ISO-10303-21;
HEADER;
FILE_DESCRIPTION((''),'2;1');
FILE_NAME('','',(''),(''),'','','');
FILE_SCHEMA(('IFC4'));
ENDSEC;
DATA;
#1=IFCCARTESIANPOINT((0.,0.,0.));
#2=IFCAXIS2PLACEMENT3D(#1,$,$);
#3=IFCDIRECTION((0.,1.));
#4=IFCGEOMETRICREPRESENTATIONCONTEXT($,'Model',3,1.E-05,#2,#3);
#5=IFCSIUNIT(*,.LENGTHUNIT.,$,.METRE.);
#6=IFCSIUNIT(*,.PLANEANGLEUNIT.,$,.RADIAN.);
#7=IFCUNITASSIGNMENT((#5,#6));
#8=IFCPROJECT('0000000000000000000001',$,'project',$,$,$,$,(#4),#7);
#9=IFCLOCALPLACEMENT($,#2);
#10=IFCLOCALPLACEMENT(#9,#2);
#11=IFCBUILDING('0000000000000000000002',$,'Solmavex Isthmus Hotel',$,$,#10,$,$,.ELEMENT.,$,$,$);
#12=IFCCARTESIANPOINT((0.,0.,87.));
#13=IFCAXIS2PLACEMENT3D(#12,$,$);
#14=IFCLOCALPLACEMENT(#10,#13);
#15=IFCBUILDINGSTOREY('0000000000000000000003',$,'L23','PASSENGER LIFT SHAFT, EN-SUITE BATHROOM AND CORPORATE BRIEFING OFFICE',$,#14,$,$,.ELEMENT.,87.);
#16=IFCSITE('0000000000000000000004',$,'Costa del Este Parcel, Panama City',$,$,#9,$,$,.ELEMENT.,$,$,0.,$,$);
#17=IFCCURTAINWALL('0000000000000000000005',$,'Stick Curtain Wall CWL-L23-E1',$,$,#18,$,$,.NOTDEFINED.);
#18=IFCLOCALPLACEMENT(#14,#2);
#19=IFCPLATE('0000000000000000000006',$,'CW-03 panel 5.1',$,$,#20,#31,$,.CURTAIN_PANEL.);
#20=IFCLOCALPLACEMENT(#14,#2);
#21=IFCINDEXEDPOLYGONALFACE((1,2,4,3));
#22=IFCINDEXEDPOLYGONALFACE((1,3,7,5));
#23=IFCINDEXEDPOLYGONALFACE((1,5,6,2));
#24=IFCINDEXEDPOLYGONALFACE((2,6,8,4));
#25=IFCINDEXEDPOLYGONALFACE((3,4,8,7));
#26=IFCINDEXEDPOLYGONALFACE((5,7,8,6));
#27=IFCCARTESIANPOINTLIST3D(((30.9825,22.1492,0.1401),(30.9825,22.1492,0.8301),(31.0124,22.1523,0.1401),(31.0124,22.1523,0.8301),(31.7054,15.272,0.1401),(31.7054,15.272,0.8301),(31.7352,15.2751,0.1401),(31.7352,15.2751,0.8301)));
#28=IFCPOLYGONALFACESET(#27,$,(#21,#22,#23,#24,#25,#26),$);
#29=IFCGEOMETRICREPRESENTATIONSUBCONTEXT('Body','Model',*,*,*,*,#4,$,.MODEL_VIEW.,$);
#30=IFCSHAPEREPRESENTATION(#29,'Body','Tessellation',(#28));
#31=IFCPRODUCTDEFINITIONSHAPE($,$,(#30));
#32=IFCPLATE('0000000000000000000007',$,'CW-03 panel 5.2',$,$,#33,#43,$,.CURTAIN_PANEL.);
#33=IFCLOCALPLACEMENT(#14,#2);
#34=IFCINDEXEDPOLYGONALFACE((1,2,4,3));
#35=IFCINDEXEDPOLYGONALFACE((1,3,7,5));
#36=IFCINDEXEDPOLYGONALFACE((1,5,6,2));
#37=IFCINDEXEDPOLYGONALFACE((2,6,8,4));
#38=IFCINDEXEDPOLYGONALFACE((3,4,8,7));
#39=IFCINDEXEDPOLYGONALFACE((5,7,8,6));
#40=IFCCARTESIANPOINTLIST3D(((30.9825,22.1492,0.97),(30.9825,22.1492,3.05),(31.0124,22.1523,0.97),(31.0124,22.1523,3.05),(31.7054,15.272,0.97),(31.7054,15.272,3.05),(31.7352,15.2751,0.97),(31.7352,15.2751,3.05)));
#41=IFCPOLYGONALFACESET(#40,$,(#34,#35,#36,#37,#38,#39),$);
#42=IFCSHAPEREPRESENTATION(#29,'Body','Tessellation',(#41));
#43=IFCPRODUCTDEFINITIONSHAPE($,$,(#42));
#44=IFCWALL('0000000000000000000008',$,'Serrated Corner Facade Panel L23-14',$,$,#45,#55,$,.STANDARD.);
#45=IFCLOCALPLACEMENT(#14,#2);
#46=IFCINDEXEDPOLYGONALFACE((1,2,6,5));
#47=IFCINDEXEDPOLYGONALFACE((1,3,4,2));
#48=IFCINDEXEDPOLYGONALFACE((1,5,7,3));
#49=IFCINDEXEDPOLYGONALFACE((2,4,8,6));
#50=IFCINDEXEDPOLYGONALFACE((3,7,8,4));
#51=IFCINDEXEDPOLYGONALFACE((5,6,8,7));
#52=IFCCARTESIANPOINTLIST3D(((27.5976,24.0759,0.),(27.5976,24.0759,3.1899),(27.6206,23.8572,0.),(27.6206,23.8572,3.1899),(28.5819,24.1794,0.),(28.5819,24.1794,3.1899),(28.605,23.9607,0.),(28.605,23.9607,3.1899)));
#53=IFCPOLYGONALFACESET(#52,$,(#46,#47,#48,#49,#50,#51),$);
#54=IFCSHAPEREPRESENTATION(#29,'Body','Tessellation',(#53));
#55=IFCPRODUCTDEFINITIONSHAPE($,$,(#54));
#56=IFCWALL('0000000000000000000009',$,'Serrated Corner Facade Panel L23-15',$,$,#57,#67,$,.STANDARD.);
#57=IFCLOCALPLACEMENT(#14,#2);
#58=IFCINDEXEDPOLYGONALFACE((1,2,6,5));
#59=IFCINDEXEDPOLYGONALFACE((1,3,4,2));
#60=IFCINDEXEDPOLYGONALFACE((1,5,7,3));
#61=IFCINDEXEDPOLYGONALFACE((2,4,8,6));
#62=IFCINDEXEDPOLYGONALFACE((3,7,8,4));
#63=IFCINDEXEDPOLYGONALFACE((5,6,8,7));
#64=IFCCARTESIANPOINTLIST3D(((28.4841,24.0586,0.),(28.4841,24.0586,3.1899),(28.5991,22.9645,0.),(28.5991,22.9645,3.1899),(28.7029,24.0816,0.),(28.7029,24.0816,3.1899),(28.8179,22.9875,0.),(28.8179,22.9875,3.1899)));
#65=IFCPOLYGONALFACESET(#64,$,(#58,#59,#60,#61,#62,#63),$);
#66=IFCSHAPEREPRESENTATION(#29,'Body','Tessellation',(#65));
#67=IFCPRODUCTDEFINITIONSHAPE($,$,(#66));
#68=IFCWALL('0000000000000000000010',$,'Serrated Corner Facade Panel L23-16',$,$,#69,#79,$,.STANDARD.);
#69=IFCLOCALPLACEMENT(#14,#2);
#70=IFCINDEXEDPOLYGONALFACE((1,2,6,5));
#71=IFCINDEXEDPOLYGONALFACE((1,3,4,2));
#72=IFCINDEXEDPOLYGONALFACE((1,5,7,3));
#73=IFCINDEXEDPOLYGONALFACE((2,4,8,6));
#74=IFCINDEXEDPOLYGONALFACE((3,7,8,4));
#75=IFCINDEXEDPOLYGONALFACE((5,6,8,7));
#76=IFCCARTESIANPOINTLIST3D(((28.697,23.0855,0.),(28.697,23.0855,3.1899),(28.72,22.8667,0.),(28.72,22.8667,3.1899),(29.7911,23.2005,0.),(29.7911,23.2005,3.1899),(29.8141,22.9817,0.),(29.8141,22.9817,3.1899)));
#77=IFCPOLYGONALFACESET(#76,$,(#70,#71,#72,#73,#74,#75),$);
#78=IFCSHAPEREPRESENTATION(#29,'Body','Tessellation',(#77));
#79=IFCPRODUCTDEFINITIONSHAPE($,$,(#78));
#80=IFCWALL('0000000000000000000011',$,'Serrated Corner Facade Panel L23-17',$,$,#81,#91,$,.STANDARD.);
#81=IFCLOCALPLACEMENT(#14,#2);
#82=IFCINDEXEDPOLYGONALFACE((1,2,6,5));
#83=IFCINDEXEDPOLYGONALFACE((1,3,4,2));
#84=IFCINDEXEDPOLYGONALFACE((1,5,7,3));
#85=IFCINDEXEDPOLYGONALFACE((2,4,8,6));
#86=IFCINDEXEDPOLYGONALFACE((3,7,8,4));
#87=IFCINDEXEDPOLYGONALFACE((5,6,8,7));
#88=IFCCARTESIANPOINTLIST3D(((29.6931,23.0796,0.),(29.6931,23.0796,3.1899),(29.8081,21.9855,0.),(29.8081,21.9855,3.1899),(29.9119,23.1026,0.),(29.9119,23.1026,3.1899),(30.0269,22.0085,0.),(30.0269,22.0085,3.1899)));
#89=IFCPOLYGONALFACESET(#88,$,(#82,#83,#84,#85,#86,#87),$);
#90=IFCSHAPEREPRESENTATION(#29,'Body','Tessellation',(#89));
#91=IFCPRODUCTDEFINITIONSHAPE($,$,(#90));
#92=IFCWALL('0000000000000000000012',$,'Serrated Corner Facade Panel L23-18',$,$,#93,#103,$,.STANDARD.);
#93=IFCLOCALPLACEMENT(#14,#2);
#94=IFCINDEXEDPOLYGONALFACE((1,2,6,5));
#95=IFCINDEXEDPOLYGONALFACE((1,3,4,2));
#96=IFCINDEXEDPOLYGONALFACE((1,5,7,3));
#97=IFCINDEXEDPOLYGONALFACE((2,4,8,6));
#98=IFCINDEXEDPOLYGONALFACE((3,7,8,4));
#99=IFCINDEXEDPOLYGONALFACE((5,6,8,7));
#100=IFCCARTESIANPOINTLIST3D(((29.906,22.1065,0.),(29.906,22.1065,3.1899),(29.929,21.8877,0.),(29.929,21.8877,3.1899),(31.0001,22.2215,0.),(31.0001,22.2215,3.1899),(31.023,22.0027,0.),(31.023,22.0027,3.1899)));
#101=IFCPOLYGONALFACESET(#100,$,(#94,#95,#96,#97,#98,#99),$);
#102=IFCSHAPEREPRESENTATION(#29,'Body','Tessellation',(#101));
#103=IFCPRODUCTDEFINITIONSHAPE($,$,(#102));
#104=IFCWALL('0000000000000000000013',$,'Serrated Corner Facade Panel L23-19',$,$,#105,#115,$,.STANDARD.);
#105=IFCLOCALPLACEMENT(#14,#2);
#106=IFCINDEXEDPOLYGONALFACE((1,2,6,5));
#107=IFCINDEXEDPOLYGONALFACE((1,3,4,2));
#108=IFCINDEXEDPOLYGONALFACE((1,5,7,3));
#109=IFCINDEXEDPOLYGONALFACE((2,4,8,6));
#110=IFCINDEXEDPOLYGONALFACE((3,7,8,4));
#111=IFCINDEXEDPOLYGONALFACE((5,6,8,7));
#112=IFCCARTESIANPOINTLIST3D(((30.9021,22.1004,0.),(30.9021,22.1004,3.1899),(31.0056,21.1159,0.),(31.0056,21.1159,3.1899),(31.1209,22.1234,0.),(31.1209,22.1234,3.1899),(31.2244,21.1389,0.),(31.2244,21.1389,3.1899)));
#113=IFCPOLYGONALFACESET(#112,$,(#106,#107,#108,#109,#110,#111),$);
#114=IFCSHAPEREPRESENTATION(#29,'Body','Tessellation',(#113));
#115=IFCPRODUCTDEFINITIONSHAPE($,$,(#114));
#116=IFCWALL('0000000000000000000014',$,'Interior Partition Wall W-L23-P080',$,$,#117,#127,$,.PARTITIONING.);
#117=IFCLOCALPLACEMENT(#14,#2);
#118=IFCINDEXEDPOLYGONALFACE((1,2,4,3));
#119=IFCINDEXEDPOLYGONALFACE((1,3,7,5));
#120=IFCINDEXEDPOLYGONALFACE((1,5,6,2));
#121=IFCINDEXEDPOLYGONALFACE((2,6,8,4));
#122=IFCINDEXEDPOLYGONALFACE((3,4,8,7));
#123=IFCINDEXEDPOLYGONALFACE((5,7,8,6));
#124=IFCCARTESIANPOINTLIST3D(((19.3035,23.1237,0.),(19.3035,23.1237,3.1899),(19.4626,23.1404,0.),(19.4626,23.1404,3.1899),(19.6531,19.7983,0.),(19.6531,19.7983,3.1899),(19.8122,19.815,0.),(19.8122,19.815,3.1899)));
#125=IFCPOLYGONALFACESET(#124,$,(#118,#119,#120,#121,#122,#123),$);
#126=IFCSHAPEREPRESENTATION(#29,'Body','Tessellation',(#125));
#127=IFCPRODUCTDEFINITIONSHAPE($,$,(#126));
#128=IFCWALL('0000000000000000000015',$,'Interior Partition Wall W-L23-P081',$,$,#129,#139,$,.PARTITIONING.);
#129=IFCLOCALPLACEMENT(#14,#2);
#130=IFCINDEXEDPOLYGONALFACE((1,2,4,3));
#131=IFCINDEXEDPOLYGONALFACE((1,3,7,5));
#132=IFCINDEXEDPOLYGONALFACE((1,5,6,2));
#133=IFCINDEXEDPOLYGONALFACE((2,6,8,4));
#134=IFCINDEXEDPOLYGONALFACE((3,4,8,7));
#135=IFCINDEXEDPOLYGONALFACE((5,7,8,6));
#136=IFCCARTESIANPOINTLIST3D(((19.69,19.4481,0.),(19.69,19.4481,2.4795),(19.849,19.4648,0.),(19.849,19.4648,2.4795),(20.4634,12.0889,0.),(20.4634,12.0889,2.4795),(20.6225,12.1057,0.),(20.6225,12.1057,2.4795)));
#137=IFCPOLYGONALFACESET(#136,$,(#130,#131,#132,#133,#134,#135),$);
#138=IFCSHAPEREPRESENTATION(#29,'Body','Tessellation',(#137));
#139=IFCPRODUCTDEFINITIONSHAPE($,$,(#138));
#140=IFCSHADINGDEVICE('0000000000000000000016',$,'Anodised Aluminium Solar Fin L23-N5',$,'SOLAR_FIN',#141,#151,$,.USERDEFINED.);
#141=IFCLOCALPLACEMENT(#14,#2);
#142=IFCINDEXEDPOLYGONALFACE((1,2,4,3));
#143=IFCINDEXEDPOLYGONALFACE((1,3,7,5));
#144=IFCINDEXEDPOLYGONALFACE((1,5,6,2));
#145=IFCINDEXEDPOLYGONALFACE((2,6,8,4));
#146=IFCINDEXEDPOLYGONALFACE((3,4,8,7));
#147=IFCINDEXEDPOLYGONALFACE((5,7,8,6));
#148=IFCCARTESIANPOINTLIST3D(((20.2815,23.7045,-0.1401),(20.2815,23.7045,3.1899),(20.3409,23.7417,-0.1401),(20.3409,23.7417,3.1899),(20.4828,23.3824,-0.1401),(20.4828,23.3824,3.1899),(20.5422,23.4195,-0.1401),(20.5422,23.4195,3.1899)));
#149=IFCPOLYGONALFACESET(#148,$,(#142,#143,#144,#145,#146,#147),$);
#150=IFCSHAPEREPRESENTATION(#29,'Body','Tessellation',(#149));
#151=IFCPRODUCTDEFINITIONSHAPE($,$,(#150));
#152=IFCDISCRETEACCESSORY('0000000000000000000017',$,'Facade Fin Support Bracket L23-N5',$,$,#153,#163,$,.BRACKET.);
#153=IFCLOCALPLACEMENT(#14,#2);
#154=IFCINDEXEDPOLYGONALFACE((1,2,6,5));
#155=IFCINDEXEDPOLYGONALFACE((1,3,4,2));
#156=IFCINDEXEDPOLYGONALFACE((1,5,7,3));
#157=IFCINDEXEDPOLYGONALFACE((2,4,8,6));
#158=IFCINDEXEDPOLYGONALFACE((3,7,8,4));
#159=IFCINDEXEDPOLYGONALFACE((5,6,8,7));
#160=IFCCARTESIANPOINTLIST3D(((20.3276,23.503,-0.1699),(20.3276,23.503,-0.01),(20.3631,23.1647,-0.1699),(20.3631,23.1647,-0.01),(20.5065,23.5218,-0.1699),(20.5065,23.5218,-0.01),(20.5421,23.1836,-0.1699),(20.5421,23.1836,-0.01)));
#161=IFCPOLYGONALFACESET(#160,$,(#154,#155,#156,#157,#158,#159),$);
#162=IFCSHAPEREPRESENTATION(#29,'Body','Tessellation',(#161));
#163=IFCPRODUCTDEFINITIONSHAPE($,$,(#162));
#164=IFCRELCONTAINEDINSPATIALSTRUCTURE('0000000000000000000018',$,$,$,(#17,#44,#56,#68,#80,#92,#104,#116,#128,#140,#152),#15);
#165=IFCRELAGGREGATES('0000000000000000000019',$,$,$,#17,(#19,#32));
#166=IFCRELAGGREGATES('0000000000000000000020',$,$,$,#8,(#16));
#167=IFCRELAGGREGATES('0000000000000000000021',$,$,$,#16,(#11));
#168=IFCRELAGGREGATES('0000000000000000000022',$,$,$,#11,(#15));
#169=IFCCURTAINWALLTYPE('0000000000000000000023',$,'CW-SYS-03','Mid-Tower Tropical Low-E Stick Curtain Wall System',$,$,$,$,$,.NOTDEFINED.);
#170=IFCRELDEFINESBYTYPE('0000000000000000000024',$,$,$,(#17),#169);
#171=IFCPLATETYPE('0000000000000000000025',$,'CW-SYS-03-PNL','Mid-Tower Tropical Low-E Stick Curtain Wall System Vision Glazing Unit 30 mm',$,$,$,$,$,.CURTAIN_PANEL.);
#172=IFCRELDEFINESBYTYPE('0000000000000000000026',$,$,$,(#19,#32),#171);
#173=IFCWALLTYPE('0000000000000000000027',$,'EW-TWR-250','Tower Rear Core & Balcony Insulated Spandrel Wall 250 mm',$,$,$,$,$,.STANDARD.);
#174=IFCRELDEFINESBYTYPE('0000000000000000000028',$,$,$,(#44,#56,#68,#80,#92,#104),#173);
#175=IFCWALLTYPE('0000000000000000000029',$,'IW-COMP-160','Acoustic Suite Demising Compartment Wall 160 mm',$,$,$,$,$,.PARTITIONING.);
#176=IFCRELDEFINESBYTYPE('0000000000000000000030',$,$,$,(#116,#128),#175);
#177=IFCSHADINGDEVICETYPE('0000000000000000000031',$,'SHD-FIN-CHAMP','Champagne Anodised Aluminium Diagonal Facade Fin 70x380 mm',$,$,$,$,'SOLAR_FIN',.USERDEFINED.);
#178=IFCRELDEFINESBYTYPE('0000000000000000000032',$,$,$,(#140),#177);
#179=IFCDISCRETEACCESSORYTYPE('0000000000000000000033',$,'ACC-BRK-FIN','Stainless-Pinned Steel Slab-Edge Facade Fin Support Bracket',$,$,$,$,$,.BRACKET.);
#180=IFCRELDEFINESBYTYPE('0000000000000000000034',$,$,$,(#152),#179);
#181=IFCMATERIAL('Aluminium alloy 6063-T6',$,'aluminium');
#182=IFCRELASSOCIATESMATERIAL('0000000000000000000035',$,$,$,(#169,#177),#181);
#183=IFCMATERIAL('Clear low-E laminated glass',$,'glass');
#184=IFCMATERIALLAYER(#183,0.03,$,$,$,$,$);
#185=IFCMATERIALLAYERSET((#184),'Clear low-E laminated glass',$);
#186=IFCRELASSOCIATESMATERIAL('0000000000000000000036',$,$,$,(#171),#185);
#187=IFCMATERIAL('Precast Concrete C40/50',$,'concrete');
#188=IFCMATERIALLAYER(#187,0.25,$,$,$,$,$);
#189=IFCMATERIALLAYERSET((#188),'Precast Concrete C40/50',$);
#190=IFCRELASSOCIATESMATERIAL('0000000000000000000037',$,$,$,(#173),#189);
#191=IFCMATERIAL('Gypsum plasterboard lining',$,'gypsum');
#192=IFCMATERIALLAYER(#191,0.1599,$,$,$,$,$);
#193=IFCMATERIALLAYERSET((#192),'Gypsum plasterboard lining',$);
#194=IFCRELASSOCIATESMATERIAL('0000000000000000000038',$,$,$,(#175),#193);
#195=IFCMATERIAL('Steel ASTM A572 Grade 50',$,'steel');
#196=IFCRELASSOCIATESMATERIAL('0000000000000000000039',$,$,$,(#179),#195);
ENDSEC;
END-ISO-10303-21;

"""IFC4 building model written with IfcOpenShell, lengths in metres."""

from ifc_helpers import new_model, si_unit, direction, frame, frame_2d, origin, origin_2d, place, context, subcontext, project, spatial, rectangle, extrude, material, layer, layer_set, type_object, element, aggregate, save


model = new_model("IFC4")

# Units and contexts
model_context = context("Model", 3, precision=1e-05, world=origin(), true_north=direction((0.0, 1.0)))
body_context = subcontext(model_context, "Body", "Model", "MODEL_VIEW")
ifc_project = project(units=[si_unit("LENGTHUNIT", "METRE"), si_unit("PLANEANGLEUNIT", "RADIAN")], contexts=[model_context])

# Site, building, storey
site_placement = place(None, origin())
site = spatial("IfcSite", under=ifc_project, at=site_placement, Name="Costa del Este Parcel, Panama City", CompositionType="ELEMENT", RefElevation=0.0)
building_placement = place(site_placement, origin())
building = spatial("IfcBuilding", under=site, at=building_placement, Name="Solmavex Isthmus Hotel", CompositionType="ELEMENT")
storey_placement = place(building_placement, frame((0.0, 0.0, 87.0)))
storey = spatial("IfcBuildingStorey", under=building, at=storey_placement, Name="L23", Description="PASSENGER LIFT SHAFT, EN-SUITE BATHROOM AND CORPORATE BRIEFING OFFICE", CompositionType="ELEMENT", Elevation=87.0)

# Curtain wall
ifc_material_1 = material(Name="Aluminium alloy 6063-T6", Category="aluminium")
curtain_wall_type = type_object("IfcCurtainWallType", Name="CW-SYS-03", Description="Mid-Tower Tropical Low-E Stick Curtain Wall System", PredefinedType="NOTDEFINED", material=ifc_material_1)
curtain_wall_1_placement = place(storey_placement, origin())
curtain_wall_1 = element("IfcCurtainWall", 1, at=curtain_wall_1_placement, inside=storey, type_object=curtain_wall_type, Name="Stick Curtain Wall CWL-L23-E1", PredefinedType="NOTDEFINED")

# Plates
ifc_material_2 = material(Name="Clear low-E laminated glass", Category="glass")
ifc_layer_1 = layer(ifc_material_2, 0.03)
ifc_layer_set_1 = layer_set([ifc_layer_1], Name="Clear low-E laminated glass")
plate_type = type_object("IfcPlateType", Name="CW-SYS-03-PNL", Description="Mid-Tower Tropical Low-E Stick Curtain Wall System Vision Glazing Unit 30 mm", PredefinedType="CURTAIN_PANEL", material=ifc_layer_set_1)
plate_1_placement = place(storey_placement, frame((31.3589, 18.7122, 0.1401), z_axis=(0.0, 0.0, 1.0), x_axis=(-0.104528, 0.994522, 0.0)))
plate_1 = element("IfcPlate", 2, at=plate_1_placement, type_object=plate_type, Name="CW-03 panel 5.1", PredefinedType="CURTAIN_PANEL", context=body_context, shape_type="SweptSolid", body=[
    extrude(rectangle(XDim=6.915, YDim=0.03, at=origin_2d()), origin(), (0.0, 0.0, 1.0), 0.6899),
])
plate_2_placement = place(storey_placement, frame((31.3589, 18.7122, 0.97), z_axis=(0.0, 0.0, 1.0), x_axis=(-0.104528, 0.994522, 0.0)))
plate_2 = element("IfcPlate", 3, at=plate_2_placement, type_object=plate_type, Name="CW-03 panel 5.2", PredefinedType="CURTAIN_PANEL", context=body_context, shape_type="SweptSolid", body=[
    extrude(rectangle(XDim=6.915, YDim=0.03, at=origin_2d()), origin(), (0.0, 0.0, 1.0), 2.0801),
])
aggregate(curtain_wall_1, [plate_1, plate_2])

# Walls
ifc_material_3 = material(Name="Precast Concrete C40/50", Category="concrete")
ifc_layer_2 = layer(ifc_material_3, 0.25)
ifc_layer_set_2 = layer_set([ifc_layer_2], Name="Precast Concrete C40/50")
wall_type_1 = type_object("IfcWallType", Name="EW-TWR-250", Description="Tower Rear Core & Balcony Insulated Spandrel Wall 250 mm", PredefinedType="STANDARD", material=ifc_layer_set_2)
wall_1_placement = place(storey_placement, frame((27.6091, 23.9666, 0.0), z_axis=(0.0, 0.0, 1.0), x_axis=(0.994516, 0.104582, 0.0)))
element("IfcWall", 4, at=wall_1_placement, inside=storey, type_object=wall_type_1, Name="Serrated Corner Facade Panel L23-14", PredefinedType="STANDARD", context=body_context, shape_type="SweptSolid", body=[
    extrude(rectangle(XDim=0.9897, YDim=0.22, at=frame_2d((0.4949, 0.0))), origin(), (0.0, 0.0, 1.0), 3.1899),
])
for number, where, z_axis, x_axis, name in (
    (5, (28.5935, 24.0701, 0.0), (0.0, 0.0, 1.0), (0.104535, -0.994521, 0.0), "Serrated Corner Facade Panel L23-15"),
    (6, (28.7085, 22.9761, 0.0), (0.0, 0.0, 1.0), (0.994521, 0.104535, 0.0), "Serrated Corner Facade Panel L23-16"),
    (7, (29.8025, 23.0911, 0.0), (0.0, 0.0, 1.0), (0.104535, -0.994521, 0.0), "Serrated Corner Facade Panel L23-17"),
    (8, (29.9175, 21.9971, 0.0), (0.0, 0.0, 1.0), (0.994521, 0.104535, 0.0), "Serrated Corner Facade Panel L23-18"),
):
    element("IfcWall", number, at=place(storey_placement, frame(where, z_axis=z_axis, x_axis=x_axis)), inside=storey, type_object=wall_type_1, Name=name, PredefinedType="STANDARD", context=body_context, shape_type="SweptSolid", body=[
        extrude(rectangle(XDim=1.1001, YDim=0.22, at=frame_2d((0.55, 0.0))), origin(), (0.0, 0.0, 1.0), 3.1899),
    ])
wall_2_placement = place(storey_placement, frame((31.0115, 22.1121, 0.0), z_axis=(0.0, 0.0, 1.0), x_axis=(0.104556, -0.994519, 0.0)))
element("IfcWall", 9, at=wall_2_placement, inside=storey, type_object=wall_type_1, Name="Serrated Corner Facade Panel L23-19", PredefinedType="STANDARD", context=body_context, shape_type="SweptSolid", body=[
    extrude(rectangle(XDim=0.99, YDim=0.22, at=frame_2d((0.4951, 0.0))), origin(), (0.0, 0.0, 1.0), 3.1899),
])
ifc_material_4 = material(Name="Gypsum plasterboard lining", Category="gypsum")
ifc_layer_3 = layer(ifc_material_4, 0.1599)
ifc_layer_set_3 = layer_set([ifc_layer_3], Name="Gypsum plasterboard lining")
wall_type_2 = type_object("IfcWallType", Name="IW-COMP-160", Description="Acoustic Suite Demising Compartment Wall 160 mm", PredefinedType="PARTITIONING", material=ifc_layer_set_3)
wall_3_placement = place(storey_placement, frame((19.3831, 23.1321, 0.0), z_axis=(0.0, 0.0, 1.0), x_axis=(0.104556, -0.994519, 0.0)))
element("IfcWall", 10, at=wall_3_placement, inside=storey, type_object=wall_type_2, Name="Interior Partition Wall W-L23-P080", PredefinedType="PARTITIONING", context=body_context, shape_type="SweptSolid", body=[
    extrude(rectangle(XDim=3.3438, YDim=0.1599, at=frame_2d((1.6719, 0.0))), origin(), (0.0, 0.0, 1.0), 3.1899),
])
wall_4_placement = place(storey_placement, frame((19.7695, 19.4563, 0.0), z_axis=(0.0, 0.0, 1.0), x_axis=(0.104523, -0.994522, 0.0)))
element("IfcWall", 11, at=wall_4_placement, inside=storey, type_object=wall_type_2, Name="Interior Partition Wall W-L23-P081", PredefinedType="PARTITIONING", context=body_context, shape_type="SweptSolid", body=[
    extrude(rectangle(XDim=7.3997, YDim=0.1599, at=frame_2d((3.6997, 0.0))), origin(), (0.0, 0.0, 1.0), 2.4795),
])

# Shading device
shading_device_type = type_object("IfcShadingDeviceType", Name="SHD-FIN-CHAMP", Description="Champagne Anodised Aluminium Diagonal Facade Fin 70x380 mm", ElementType="SOLAR_FIN", PredefinedType="USERDEFINED", material=ifc_material_1)
shading_device_placement = place(storey_placement, frame((20.4119, 23.562, -0.1401), z_axis=(0.0, 0.0, 1.0), x_axis=(-0.529919, 0.848048, 0.0)))
element("IfcShadingDevice", 12, at=shading_device_placement, inside=storey, type_object=shading_device_type, Name="Anodised Aluminium Solar Fin L23-N5", ObjectType="SOLAR_FIN", PredefinedType="USERDEFINED", context=body_context, shape_type="SweptSolid", body=[
    extrude(rectangle(XDim=0.3799, YDim=0.0701, at=origin_2d()), origin(), (0.0, 0.0, 1.0), 3.3301),
])

# Discrete accessory
ifc_material_5 = material(Name="Steel ASTM A572 Grade 50", Category="steel")
discrete_accessory_type = type_object("IfcDiscreteAccessoryType", Name="ACC-BRK-FIN", Description="Stainless-Pinned Steel Slab-Edge Facade Fin Support Bracket", PredefinedType="BRACKET", material=ifc_material_5)
discrete_accessory_placement = place(storey_placement, frame((20.4348, 23.3433, -0.1699), z_axis=(0.0, 0.0, 1.0), x_axis=(-0.104528, 0.994522, 0.0)))
element("IfcDiscreteAccessory", 13, at=discrete_accessory_placement, inside=storey, type_object=discrete_accessory_type, Name="Facade Fin Support Bracket L23-N5", PredefinedType="BRACKET", context=body_context, shape_type="SweptSolid", body=[
    extrude(rectangle(XDim=0.3401, YDim=0.1799, at=origin_2d()), origin(), (0.0, 0.0, 1.0), 0.1599),
])

save(model, "model.ifc")
